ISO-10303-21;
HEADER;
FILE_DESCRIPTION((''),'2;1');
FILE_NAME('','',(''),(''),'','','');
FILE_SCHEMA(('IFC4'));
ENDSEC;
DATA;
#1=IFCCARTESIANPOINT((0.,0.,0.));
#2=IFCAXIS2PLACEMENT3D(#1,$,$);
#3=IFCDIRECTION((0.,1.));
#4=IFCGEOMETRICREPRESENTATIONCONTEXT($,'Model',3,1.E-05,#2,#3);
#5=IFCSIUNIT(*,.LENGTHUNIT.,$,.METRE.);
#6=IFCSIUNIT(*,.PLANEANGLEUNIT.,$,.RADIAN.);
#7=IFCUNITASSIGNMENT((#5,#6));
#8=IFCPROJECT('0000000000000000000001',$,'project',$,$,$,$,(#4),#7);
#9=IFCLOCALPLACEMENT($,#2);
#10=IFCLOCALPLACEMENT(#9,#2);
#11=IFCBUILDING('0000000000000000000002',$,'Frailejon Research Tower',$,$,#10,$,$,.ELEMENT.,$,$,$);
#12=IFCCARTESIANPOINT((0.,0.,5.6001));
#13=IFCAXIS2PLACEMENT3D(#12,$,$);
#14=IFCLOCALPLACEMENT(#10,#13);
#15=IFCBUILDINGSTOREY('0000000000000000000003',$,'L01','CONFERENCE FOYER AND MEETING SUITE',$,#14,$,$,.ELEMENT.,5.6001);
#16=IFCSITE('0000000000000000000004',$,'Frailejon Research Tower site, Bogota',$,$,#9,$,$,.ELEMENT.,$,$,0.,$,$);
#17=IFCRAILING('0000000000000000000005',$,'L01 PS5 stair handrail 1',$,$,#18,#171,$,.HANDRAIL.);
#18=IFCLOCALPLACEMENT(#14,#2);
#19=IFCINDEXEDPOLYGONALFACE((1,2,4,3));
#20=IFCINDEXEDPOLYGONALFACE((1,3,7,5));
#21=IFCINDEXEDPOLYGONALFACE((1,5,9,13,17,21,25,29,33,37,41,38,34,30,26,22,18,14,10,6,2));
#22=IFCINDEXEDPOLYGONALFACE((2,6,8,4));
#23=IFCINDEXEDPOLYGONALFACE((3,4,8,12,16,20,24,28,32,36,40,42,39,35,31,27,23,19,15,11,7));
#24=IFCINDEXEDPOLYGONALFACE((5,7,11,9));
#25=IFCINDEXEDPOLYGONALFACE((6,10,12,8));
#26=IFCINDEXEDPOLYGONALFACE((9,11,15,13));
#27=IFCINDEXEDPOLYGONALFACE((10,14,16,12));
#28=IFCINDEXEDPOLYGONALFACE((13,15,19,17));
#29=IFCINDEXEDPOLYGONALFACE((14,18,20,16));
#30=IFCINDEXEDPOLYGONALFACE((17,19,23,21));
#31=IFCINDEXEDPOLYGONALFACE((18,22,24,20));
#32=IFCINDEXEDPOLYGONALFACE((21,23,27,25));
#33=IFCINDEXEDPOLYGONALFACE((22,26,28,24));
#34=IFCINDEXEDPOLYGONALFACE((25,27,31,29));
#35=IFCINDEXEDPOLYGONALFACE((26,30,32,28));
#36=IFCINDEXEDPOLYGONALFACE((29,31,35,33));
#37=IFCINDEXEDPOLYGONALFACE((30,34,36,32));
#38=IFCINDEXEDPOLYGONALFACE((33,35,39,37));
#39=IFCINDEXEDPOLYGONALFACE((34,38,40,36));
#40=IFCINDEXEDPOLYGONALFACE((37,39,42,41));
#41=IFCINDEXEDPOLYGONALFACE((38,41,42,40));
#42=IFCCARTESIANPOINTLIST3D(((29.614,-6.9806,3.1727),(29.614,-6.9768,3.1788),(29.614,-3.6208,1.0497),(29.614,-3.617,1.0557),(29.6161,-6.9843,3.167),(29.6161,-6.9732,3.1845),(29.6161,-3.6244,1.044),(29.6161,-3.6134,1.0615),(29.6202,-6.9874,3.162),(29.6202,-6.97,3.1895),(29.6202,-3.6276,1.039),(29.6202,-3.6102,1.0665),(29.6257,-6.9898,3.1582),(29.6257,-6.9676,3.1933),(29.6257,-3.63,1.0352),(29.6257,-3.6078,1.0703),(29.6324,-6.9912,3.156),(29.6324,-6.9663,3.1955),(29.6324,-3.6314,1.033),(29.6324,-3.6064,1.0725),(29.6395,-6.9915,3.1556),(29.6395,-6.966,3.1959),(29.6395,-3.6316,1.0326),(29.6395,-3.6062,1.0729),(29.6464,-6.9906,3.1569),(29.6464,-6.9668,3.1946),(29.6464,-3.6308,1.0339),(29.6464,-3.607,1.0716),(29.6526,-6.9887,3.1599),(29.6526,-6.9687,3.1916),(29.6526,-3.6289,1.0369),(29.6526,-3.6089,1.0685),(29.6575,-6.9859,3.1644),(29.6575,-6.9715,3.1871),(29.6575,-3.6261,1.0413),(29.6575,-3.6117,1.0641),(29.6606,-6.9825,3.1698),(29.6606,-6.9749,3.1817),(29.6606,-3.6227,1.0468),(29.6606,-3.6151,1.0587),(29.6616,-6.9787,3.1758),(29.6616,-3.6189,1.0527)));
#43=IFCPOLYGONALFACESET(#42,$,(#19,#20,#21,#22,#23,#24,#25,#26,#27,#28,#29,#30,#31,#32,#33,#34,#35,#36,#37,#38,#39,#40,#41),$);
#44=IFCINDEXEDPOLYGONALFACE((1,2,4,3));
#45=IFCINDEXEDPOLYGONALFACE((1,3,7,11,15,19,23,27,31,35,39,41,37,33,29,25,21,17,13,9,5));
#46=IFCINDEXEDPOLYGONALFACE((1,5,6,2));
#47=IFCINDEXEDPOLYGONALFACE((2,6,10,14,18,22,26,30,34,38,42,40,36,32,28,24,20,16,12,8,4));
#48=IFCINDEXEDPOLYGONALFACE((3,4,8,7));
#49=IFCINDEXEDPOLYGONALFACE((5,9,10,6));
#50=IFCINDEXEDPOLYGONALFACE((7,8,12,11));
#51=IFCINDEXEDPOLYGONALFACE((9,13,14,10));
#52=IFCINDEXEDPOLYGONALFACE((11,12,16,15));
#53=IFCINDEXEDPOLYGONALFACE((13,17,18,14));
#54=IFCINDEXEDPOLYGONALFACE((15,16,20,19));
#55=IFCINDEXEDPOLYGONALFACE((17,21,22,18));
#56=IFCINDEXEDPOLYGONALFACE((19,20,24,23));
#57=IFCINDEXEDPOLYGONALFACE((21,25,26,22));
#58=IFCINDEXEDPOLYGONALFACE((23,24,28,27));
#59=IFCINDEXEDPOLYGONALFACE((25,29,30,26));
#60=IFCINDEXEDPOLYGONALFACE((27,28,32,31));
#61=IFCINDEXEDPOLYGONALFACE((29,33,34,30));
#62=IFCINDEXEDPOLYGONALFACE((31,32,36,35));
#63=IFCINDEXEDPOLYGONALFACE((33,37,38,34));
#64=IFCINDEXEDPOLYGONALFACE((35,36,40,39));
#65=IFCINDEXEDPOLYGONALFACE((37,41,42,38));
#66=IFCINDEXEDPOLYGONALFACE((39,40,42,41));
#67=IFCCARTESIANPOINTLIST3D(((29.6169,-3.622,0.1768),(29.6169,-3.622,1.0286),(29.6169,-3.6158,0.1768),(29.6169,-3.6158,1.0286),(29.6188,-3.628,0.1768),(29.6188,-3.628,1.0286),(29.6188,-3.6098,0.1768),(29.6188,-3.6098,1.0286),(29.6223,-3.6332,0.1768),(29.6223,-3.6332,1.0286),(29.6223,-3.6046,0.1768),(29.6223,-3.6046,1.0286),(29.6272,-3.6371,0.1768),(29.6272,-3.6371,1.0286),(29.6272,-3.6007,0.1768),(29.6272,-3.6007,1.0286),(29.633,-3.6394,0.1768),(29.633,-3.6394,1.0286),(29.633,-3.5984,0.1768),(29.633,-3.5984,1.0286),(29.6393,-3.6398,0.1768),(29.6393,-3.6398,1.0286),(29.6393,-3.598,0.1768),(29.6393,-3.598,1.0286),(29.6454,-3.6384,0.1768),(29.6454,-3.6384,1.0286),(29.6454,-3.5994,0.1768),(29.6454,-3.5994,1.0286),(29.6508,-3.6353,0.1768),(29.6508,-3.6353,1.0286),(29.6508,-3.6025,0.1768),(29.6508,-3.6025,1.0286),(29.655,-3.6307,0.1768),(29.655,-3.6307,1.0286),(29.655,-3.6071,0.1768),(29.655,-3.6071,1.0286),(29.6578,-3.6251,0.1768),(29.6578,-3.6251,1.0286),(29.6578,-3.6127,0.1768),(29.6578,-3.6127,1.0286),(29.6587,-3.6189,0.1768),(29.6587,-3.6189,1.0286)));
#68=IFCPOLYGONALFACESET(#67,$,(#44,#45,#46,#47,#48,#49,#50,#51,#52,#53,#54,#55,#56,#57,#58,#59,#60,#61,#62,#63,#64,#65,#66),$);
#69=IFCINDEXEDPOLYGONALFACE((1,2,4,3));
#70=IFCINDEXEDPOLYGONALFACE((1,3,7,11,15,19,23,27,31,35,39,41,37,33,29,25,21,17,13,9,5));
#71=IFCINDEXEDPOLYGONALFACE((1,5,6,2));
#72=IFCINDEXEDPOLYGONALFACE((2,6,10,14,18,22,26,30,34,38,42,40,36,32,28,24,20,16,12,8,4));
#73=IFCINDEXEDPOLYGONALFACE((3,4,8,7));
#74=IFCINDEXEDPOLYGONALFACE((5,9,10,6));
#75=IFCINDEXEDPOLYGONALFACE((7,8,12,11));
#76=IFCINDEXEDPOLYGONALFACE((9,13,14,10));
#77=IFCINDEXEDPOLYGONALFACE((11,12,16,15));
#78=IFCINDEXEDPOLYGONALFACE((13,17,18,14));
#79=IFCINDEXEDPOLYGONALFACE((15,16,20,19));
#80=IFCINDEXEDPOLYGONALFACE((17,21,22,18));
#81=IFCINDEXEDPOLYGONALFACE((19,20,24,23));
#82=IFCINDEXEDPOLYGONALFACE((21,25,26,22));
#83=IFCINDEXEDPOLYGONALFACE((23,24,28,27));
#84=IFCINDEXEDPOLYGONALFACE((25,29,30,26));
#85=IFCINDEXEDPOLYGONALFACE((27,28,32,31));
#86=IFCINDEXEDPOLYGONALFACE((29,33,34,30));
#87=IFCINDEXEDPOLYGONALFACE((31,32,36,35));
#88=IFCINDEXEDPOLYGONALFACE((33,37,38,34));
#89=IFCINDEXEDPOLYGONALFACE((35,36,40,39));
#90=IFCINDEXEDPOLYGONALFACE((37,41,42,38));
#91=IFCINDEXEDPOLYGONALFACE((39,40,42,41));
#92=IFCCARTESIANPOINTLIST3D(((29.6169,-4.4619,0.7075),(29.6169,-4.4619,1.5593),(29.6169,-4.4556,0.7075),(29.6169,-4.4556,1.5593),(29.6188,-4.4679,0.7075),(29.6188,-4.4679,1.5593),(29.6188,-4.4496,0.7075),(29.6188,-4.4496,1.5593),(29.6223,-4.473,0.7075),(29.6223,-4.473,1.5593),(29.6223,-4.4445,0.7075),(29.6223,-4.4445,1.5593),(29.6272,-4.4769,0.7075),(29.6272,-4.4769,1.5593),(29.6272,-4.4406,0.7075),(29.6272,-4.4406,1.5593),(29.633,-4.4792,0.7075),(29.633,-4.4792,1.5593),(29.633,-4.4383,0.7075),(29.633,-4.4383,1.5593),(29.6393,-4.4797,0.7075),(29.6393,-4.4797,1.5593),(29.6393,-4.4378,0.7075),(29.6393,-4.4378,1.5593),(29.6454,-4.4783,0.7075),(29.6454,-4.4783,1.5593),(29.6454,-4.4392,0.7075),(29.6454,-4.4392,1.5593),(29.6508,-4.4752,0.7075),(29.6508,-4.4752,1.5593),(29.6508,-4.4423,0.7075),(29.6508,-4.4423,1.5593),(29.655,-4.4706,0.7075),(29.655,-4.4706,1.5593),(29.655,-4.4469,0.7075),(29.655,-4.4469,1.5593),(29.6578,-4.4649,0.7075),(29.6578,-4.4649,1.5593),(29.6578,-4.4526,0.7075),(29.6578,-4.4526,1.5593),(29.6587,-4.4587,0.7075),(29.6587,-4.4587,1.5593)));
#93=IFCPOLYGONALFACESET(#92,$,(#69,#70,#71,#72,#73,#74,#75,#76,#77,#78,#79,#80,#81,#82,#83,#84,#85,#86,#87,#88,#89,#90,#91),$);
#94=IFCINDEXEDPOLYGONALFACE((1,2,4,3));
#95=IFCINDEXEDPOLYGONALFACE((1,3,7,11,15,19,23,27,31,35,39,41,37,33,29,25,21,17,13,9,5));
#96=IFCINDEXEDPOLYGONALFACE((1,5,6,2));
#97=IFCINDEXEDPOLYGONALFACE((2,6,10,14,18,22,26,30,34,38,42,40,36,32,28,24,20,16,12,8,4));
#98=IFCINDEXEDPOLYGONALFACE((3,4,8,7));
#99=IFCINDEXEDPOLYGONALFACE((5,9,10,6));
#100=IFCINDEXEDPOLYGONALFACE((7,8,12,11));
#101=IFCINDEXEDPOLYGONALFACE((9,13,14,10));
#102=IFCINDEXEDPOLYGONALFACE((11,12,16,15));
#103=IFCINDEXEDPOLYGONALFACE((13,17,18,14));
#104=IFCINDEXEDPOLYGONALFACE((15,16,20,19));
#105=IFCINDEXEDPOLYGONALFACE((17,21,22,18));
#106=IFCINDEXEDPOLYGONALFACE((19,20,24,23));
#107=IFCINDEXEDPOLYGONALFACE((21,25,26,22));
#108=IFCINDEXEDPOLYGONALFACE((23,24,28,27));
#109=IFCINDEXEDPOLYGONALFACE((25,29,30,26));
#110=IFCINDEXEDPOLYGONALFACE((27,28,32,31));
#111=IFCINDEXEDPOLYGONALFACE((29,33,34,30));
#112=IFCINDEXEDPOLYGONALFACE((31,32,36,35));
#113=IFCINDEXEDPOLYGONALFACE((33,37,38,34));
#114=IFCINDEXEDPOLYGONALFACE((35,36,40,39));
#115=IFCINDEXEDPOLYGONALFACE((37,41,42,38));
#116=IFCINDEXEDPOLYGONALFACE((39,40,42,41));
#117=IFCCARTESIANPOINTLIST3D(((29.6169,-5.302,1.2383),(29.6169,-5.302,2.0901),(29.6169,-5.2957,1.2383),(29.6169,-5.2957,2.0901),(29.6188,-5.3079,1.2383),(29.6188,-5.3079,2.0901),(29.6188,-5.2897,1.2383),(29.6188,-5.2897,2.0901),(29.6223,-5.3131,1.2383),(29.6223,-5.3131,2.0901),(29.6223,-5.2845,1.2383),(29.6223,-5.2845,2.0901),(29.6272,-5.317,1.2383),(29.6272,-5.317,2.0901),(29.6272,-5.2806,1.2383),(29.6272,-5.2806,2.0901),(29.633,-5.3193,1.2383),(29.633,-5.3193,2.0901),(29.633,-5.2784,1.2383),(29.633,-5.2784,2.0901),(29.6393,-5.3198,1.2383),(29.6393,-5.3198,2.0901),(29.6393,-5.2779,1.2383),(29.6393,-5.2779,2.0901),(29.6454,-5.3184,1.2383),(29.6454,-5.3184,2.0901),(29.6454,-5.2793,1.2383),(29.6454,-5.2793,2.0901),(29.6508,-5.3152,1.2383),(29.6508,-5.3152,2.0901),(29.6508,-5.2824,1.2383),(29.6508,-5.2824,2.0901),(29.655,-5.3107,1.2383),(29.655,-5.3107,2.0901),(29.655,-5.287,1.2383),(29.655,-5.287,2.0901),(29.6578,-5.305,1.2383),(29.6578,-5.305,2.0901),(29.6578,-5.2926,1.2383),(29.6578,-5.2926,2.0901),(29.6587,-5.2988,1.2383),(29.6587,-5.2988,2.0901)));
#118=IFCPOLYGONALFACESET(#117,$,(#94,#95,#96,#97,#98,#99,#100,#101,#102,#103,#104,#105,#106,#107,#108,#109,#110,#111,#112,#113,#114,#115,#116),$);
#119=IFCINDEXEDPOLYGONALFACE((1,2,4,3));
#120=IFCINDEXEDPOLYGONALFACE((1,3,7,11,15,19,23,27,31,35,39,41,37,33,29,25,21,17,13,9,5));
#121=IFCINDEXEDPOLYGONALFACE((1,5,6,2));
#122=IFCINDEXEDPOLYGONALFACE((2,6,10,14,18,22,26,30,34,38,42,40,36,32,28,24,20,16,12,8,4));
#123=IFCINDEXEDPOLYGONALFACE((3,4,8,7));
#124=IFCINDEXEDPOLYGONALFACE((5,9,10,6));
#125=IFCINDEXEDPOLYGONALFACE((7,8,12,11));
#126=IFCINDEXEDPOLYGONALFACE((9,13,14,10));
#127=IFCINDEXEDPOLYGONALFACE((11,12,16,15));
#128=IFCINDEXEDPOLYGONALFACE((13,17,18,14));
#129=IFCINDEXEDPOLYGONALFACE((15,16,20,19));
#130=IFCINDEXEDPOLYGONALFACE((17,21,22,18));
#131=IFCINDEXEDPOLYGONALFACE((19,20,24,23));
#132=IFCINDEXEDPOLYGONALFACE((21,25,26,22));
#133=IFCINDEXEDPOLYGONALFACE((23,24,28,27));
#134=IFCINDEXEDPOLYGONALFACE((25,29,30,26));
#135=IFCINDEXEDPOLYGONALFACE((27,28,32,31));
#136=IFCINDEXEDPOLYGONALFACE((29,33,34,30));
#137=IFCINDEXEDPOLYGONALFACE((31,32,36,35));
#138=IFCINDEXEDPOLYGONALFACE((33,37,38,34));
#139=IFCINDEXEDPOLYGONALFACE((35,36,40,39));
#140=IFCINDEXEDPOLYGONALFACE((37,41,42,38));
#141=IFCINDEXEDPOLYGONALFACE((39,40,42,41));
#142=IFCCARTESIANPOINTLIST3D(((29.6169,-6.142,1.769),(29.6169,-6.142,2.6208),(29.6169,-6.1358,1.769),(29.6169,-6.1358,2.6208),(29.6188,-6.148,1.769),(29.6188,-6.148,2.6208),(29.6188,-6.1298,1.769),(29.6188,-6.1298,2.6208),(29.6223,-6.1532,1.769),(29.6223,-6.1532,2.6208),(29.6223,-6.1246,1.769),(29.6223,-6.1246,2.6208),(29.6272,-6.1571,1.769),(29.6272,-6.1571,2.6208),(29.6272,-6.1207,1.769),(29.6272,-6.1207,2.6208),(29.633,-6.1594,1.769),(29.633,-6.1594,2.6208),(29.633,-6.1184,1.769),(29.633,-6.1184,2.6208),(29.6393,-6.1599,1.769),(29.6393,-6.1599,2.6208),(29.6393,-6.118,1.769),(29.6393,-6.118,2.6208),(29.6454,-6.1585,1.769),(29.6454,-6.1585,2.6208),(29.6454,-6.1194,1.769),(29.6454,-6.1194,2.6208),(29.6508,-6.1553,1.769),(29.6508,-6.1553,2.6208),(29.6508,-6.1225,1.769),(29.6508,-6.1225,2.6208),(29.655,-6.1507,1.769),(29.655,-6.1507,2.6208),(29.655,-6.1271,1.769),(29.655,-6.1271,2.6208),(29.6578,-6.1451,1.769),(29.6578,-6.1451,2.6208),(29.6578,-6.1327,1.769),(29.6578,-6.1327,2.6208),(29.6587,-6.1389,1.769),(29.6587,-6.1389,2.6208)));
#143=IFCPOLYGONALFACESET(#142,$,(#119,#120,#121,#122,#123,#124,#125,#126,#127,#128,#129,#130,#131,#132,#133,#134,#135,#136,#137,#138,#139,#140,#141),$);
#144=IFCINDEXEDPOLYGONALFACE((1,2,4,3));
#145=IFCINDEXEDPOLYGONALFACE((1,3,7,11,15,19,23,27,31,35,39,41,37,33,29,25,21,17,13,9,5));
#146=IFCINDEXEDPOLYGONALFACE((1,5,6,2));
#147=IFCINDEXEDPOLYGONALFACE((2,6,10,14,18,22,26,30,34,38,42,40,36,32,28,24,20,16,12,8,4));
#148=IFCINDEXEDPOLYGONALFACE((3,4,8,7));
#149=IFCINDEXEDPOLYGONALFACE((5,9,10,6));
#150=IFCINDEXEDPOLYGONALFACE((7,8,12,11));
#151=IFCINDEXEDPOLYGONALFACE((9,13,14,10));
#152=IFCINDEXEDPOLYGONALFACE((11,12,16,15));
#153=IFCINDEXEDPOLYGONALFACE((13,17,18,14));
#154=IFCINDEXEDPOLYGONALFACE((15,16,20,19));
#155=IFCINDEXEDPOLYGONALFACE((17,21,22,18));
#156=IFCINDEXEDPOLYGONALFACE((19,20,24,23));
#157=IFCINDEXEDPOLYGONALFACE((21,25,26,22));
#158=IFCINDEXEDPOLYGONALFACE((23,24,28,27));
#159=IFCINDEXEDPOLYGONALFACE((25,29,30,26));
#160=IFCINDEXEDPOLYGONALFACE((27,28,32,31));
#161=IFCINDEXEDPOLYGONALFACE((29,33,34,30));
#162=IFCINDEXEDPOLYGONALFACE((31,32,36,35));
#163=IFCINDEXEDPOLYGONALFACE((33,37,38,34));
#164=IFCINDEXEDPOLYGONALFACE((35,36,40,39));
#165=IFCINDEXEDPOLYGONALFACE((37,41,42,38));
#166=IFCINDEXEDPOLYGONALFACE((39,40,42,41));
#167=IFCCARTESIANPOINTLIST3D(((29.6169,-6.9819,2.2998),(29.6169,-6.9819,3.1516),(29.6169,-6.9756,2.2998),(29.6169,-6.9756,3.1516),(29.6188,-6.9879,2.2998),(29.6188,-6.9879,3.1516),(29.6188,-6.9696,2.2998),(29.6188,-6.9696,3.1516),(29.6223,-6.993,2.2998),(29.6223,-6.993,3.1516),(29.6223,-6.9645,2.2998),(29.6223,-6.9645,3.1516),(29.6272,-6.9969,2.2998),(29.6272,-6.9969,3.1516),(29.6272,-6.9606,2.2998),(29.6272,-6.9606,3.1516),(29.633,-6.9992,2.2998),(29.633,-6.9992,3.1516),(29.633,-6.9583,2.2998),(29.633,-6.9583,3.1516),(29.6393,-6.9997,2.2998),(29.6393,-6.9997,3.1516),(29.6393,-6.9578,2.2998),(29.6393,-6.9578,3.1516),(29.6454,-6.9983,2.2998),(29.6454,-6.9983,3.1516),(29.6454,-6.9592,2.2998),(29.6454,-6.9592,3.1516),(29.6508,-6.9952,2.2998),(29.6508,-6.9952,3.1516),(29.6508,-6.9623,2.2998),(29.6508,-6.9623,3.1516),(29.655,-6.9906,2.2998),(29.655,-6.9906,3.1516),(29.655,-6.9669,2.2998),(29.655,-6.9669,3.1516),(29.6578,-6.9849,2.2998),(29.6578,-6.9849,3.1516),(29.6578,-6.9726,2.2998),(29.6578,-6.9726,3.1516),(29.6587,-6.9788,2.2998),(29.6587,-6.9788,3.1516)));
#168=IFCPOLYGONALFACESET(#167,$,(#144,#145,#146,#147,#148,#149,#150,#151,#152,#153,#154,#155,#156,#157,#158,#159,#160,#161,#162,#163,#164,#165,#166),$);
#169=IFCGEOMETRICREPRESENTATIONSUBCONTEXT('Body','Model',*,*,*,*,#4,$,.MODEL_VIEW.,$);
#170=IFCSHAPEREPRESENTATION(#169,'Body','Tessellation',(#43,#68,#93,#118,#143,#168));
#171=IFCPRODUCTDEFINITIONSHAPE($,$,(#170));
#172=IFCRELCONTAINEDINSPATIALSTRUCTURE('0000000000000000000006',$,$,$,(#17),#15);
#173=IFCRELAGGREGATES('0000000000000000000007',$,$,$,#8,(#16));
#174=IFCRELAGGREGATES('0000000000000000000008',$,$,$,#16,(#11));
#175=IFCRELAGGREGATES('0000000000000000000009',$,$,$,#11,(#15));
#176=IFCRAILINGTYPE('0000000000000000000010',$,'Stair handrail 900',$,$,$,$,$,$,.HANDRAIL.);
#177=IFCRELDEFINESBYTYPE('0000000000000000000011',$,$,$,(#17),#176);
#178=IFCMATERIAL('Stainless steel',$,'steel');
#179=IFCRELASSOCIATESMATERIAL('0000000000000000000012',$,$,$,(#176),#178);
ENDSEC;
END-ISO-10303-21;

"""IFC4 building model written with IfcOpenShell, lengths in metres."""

from ifc_helpers import new_model, si_unit, direction, frame, origin, origin_2d, place, context, subcontext, project, spatial, circle, extrude, material, type_object, element, save


model = new_model("IFC4")

# Units and contexts
model_context = context("Model", 3, precision=1e-05, world=origin(), true_north=direction((0.0, 1.0)))
body_context = subcontext(model_context, "Body", "Model", "MODEL_VIEW")
ifc_project = project(units=[si_unit("LENGTHUNIT", "METRE"), si_unit("PLANEANGLEUNIT", "RADIAN")], contexts=[model_context])

# Site, building, storey
site_placement = place(None, origin())
site = spatial("IfcSite", under=ifc_project, at=site_placement, Name="Frailejon Research Tower site, Bogota", CompositionType="ELEMENT", RefElevation=0.0)
building_placement = place(site_placement, origin())
building = spatial("IfcBuilding", under=site, at=building_placement, Name="Frailejon Research Tower", CompositionType="ELEMENT")
storey_placement = place(building_placement, frame((0.0, 0.0, 5.6001)))
storey = spatial("IfcBuildingStorey", under=building, at=storey_placement, Name="L01", Description="CONFERENCE FOYER AND MEETING SUITE", CompositionType="ELEMENT", Elevation=5.6001)

# Railing
ifc_material_1 = material(Name="Stainless steel", Category="steel")
railing_type_1 = type_object("IfcRailingType", Name="Stair handrail 900", PredefinedType="HANDRAIL", material=ifc_material_1)
railing_1_placement = place(storey_placement, frame((29.6377, -3.6189, 0.1768)))
element("IfcRailing", 1, at=railing_1_placement, inside=storey, type_object=railing_type_1, Name="L01 PS5 stair handrail 1", PredefinedType="HANDRAIL", context=body_context, shape_type="SweptSolid", body=[
    extrude(circle(Radius=0.0239, at=origin_2d()), frame((0.0, 0.0, 0.876), z_axis=(0.0, -0.845372, 0.534178), x_axis=(1.0, 0.0, 0.0)), (0.0, 0.0, 1.0), 3.9744),
    extrude(circle(Radius=0.021, at=origin_2d()), origin(), (0.0, 0.0, 1.0), 0.8518),
    extrude(circle(Radius=0.021, at=origin_2d()), frame((0.0, -0.8398, 0.5308)), (0.0, 0.0, 1.0), 0.8518),
    extrude(circle(Radius=0.021, at=origin_2d()), frame((0.0, -1.6799, 1.0615)), (0.0, 0.0, 1.0), 0.8518),
    extrude(circle(Radius=0.021, at=origin_2d()), frame((0.0, -2.52, 1.5923)), (0.0, 0.0, 1.0), 0.8518),
    extrude(circle(Radius=0.021, at=origin_2d()), frame((0.0, -3.3599, 2.123)), (0.0, 0.0, 1.0), 0.8518),
])

save(model, "model.ifc")
